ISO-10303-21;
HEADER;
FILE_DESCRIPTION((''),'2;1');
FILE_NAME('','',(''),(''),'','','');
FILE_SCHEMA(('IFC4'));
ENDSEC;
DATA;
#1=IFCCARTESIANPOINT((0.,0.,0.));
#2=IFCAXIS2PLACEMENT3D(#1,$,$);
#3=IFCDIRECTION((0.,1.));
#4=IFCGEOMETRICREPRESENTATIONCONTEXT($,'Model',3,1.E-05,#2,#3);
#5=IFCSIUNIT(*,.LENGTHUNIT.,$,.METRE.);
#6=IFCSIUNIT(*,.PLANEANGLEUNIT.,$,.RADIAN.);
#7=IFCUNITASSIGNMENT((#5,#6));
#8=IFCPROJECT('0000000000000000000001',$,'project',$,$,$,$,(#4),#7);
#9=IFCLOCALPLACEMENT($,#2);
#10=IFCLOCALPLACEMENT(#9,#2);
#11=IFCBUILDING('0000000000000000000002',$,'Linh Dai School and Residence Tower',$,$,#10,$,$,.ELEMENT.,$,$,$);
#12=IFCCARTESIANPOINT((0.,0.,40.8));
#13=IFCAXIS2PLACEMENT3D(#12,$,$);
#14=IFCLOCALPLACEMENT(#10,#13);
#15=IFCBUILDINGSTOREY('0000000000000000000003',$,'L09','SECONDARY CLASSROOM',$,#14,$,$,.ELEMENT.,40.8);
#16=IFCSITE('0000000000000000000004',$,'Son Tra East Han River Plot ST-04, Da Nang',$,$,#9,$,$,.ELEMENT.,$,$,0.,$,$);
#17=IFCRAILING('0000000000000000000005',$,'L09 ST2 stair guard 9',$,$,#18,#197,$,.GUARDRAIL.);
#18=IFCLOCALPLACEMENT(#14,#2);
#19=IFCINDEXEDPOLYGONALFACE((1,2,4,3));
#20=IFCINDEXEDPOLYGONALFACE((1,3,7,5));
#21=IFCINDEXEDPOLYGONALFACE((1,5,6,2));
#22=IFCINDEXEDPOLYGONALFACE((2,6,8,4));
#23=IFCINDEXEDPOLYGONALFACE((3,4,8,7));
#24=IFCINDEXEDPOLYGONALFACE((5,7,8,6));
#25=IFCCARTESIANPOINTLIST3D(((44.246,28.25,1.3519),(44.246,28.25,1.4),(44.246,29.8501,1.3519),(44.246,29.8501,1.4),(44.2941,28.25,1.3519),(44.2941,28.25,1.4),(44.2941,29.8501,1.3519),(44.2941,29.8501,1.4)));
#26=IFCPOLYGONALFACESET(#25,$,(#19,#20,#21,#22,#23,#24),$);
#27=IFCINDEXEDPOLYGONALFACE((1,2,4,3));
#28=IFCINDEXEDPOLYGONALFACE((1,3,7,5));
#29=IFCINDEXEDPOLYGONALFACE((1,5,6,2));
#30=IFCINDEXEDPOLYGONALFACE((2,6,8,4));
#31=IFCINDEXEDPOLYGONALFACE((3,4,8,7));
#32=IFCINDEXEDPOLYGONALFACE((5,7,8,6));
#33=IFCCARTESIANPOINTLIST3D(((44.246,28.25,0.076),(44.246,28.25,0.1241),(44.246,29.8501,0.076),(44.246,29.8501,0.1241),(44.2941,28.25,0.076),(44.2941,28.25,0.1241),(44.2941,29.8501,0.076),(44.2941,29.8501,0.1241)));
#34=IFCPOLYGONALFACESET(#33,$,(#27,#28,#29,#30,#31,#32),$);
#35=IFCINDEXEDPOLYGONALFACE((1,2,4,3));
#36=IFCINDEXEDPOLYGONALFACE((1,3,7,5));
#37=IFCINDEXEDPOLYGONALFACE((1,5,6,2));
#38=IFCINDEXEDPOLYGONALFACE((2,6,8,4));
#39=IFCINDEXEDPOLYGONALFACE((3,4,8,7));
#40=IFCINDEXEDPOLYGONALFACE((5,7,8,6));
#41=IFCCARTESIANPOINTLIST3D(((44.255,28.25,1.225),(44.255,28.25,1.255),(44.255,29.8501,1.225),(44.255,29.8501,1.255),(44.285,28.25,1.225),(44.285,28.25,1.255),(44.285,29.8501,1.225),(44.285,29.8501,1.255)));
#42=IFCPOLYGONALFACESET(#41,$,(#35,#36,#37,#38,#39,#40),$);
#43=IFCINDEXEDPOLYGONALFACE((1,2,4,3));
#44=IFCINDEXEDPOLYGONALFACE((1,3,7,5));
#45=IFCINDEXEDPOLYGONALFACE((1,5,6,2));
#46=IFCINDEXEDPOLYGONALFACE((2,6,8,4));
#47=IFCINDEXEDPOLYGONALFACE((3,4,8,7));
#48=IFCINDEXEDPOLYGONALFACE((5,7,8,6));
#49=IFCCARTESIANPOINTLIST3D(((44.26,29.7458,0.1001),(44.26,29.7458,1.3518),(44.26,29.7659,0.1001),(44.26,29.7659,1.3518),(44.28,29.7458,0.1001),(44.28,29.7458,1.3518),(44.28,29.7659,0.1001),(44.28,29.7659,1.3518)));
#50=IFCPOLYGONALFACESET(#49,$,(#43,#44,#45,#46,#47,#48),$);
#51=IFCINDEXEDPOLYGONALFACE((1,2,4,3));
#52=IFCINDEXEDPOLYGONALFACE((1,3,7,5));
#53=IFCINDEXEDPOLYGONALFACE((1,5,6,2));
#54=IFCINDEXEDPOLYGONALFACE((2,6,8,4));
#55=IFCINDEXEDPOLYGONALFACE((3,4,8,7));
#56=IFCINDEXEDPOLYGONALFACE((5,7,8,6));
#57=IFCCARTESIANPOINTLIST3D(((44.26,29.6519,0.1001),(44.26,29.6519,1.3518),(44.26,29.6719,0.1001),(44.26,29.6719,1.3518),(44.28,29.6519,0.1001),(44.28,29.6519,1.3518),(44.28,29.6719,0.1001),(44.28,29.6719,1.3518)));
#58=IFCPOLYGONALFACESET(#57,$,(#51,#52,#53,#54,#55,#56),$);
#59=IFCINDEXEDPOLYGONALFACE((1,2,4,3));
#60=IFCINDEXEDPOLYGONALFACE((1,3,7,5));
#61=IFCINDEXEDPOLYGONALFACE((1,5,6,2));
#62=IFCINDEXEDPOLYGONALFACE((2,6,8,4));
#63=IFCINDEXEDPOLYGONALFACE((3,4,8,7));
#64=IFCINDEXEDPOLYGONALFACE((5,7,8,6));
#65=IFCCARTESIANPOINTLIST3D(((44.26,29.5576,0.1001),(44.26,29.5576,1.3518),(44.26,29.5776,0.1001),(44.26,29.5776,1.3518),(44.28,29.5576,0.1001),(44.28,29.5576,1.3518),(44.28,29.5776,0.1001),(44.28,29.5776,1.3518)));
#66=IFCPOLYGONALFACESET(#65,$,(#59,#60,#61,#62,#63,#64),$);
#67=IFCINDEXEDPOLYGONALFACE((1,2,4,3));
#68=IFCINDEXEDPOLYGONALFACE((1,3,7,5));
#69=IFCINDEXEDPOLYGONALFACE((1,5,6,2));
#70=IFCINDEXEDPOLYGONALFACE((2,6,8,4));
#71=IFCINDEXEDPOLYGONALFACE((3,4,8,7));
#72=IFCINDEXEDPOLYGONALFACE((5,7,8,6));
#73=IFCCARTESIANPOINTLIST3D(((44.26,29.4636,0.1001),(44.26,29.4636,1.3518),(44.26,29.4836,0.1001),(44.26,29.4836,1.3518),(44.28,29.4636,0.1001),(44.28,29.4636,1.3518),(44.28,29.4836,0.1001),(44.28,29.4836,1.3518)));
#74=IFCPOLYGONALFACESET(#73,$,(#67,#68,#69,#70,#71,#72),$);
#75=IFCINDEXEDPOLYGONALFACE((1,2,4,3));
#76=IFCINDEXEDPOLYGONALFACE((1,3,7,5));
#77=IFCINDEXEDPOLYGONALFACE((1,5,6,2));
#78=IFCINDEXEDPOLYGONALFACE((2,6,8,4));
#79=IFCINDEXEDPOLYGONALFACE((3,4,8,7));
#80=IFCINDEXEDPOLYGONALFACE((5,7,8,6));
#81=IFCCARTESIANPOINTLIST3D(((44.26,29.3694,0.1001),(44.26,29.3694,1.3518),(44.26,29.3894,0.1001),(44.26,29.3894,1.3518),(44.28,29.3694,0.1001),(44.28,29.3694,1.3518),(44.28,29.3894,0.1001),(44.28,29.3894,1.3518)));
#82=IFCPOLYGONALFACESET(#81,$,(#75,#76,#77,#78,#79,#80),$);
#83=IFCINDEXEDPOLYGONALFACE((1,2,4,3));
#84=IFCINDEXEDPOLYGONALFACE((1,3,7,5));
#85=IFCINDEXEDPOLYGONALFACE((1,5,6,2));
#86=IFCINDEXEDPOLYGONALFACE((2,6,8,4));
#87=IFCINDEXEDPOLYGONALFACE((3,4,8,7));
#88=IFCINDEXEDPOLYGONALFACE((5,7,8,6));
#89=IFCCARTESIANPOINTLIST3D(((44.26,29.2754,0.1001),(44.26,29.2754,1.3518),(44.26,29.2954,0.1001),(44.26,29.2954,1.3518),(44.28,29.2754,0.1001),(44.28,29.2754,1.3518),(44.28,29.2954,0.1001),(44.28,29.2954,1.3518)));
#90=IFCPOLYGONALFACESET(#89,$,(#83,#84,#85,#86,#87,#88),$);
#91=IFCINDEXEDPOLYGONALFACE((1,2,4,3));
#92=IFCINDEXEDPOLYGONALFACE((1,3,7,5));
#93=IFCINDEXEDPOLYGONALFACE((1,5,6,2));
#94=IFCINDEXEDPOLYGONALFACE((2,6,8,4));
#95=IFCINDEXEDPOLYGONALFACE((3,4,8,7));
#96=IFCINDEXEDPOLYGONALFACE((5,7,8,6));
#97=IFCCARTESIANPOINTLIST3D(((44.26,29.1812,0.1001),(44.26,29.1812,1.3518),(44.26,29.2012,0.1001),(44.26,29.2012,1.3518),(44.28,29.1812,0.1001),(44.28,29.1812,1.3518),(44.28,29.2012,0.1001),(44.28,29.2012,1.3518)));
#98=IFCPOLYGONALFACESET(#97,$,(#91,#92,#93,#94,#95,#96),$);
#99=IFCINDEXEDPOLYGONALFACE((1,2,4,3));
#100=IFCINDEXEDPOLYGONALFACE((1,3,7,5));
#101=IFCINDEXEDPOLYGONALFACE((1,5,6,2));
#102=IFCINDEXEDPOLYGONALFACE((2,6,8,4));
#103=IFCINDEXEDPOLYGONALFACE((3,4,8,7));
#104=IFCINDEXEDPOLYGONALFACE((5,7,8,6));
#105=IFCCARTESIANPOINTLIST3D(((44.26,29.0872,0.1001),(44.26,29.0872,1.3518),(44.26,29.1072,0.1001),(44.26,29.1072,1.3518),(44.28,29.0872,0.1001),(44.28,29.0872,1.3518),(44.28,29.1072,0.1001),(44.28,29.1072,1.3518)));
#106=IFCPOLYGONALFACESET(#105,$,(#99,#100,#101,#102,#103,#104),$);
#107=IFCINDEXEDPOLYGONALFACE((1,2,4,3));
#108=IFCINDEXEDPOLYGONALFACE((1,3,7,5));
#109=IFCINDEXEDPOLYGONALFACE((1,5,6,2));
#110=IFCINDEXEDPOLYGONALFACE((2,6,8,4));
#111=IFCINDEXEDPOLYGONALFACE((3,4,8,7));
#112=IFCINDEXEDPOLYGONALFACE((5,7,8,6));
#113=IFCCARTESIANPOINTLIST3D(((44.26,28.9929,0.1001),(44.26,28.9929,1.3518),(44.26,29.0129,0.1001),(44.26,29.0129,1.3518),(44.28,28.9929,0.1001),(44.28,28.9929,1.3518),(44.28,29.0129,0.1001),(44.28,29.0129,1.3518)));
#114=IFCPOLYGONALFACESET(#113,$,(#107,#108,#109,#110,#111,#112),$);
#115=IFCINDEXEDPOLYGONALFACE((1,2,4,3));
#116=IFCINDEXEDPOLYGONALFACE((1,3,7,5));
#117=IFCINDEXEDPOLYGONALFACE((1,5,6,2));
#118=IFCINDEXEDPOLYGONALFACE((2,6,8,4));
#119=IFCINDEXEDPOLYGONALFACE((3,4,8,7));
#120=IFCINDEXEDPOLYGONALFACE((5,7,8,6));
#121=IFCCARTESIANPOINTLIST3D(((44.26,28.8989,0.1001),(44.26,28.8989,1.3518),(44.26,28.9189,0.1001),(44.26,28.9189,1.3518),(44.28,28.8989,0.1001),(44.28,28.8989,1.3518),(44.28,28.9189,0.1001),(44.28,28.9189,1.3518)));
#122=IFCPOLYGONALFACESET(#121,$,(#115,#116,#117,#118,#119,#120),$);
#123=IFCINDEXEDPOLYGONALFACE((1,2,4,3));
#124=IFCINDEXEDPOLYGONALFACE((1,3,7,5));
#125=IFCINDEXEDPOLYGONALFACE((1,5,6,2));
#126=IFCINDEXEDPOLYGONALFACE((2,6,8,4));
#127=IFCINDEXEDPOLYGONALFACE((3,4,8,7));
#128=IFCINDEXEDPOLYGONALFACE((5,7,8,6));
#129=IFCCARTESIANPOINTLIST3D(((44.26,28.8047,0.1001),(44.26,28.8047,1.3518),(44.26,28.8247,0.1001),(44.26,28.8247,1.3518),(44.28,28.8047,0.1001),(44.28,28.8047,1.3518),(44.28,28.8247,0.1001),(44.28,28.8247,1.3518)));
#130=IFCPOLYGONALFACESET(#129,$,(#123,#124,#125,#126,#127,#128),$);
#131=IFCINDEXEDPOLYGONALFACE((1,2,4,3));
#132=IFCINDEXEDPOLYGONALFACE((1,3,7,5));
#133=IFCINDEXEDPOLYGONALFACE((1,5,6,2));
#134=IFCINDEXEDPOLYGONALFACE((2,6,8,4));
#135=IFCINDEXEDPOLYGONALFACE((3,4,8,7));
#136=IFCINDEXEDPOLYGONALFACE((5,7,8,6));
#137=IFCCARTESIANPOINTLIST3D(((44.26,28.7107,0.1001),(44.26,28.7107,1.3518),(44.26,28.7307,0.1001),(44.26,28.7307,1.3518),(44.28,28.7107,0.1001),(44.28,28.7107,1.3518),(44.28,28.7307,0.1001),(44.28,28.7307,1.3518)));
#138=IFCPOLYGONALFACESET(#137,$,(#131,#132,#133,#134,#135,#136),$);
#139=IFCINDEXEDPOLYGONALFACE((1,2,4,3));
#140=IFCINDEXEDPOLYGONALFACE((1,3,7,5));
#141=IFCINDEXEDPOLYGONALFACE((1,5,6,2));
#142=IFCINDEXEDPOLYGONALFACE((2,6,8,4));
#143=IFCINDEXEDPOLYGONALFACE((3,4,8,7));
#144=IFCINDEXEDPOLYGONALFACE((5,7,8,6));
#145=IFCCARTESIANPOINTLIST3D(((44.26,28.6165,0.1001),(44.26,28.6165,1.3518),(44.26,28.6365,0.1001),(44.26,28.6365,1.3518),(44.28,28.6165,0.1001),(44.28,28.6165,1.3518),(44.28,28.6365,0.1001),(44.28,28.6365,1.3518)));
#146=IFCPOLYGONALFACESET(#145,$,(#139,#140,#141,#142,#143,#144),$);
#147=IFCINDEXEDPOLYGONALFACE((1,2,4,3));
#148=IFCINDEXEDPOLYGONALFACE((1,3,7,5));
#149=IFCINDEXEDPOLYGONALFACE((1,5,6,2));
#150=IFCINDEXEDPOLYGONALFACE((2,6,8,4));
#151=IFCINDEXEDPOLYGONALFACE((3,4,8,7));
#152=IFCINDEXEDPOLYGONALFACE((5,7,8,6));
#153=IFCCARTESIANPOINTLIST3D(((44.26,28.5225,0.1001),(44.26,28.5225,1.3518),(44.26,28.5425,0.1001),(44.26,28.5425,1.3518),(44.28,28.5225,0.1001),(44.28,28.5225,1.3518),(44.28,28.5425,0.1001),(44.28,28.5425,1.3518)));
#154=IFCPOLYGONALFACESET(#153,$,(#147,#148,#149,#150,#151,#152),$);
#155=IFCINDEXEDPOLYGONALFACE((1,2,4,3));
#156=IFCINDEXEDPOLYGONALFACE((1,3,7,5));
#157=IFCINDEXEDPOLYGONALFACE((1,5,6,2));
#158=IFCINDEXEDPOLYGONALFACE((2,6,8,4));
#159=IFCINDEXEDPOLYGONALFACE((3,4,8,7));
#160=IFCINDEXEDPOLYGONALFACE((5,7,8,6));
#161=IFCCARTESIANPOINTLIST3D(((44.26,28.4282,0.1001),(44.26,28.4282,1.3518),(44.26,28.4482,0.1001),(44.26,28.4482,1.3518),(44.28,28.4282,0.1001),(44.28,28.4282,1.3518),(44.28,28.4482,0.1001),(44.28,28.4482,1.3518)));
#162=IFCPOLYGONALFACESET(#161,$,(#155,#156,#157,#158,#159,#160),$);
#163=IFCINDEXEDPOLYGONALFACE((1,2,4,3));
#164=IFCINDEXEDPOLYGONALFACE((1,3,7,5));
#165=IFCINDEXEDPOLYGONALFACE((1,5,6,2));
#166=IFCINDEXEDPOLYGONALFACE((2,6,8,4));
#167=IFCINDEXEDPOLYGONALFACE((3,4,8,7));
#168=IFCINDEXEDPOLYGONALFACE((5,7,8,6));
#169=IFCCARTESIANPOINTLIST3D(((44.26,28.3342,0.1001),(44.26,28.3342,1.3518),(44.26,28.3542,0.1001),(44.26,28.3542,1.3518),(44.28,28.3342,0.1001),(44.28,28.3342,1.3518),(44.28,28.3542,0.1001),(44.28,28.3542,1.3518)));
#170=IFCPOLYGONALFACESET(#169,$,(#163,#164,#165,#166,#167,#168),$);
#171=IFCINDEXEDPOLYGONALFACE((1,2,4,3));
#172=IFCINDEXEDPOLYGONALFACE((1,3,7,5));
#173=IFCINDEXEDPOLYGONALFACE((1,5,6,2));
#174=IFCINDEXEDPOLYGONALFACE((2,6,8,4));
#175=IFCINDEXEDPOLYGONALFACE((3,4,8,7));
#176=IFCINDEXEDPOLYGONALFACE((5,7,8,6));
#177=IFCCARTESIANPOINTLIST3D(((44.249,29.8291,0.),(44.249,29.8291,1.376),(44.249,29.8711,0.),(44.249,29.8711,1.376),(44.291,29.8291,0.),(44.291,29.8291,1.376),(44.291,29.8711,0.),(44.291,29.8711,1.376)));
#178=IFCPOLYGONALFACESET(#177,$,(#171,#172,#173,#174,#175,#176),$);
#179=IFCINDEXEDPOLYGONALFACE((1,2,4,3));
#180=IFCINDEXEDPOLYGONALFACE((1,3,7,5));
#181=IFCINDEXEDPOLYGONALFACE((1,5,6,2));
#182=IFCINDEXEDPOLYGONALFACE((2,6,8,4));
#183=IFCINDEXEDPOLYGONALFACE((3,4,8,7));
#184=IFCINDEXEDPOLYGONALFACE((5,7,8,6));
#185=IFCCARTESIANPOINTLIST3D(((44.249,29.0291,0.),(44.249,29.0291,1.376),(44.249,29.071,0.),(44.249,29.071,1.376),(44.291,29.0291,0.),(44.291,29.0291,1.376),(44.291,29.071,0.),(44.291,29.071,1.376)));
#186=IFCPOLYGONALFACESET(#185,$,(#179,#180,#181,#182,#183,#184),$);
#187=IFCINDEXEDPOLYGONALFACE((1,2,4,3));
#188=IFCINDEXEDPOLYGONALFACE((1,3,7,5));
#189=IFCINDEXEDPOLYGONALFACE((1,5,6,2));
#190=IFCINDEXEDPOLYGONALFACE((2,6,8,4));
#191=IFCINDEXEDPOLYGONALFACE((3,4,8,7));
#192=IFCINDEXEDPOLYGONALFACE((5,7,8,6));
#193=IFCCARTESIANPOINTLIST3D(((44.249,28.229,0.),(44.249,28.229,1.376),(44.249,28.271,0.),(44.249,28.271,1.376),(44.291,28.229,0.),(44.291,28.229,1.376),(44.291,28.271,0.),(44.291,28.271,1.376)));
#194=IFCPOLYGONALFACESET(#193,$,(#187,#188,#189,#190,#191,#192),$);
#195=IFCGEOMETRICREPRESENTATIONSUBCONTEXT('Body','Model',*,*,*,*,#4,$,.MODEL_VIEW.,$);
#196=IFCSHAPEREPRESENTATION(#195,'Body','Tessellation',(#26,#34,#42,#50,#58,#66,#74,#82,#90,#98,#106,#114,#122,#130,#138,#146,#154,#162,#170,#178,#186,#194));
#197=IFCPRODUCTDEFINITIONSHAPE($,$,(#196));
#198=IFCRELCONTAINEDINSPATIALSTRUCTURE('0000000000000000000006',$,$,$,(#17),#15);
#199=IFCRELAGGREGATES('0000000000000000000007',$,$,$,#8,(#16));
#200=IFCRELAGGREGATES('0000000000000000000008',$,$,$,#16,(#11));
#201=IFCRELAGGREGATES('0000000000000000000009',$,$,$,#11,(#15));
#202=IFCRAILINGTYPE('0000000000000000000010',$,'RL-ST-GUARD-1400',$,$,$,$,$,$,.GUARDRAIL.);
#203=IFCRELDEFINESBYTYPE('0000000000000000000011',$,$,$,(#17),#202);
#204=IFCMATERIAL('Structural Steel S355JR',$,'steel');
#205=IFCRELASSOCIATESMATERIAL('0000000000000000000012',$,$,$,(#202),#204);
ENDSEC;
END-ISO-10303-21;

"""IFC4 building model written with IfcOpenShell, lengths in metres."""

from ifc_helpers import new_model, si_unit, direction, frame, origin, origin_2d, place, context, subcontext, project, spatial, rectangle, extrude, source, transform, mapped, material, type_object, element, save


model = new_model("IFC4")

# Units and contexts
model_context = context("Model", 3, precision=1e-05, world=origin(), true_north=direction((0.0, 1.0)))
body_context = subcontext(model_context, "Body", "Model", "MODEL_VIEW")
ifc_project = project(units=[si_unit("LENGTHUNIT", "METRE"), si_unit("PLANEANGLEUNIT", "RADIAN")], contexts=[model_context])

# Site, building, storey
site_placement = place(None, origin())
site = spatial("IfcSite", under=ifc_project, at=site_placement, Name="Son Tra East Han River Plot ST-04, Da Nang", CompositionType="ELEMENT", RefElevation=0.0)
building_placement = place(site_placement, origin())
building = spatial("IfcBuilding", under=site, at=building_placement, Name="Linh Dai School and Residence Tower", CompositionType="ELEMENT")
storey_placement = place(building_placement, frame((0.0, 0.0, 40.8)))
storey = spatial("IfcBuildingStorey", under=building, at=storey_placement, Name="L09", Description="SECONDARY CLASSROOM", CompositionType="ELEMENT", Elevation=40.8)

# Shared definitions
ifc_material_1 = material(Name="Structural Steel S355JR", Category="steel")

# Railing
railing_type_1 = type_object("IfcRailingType", Name="RL-ST-GUARD-1400", PredefinedType="GUARDRAIL", material=ifc_material_1)
shared_shape_1 = source(origin(), body_context, "Body", "SweptSolid", [
    extrude(rectangle(XDim=0.0481, YDim=0.0481, at=origin_2d()), frame((0.0, 0.0, 1.376), z_axis=(0.0, -1.0, 0.0), x_axis=(1.0, 0.0, 0.0)), (0.0, 0.0, 1.0), 1.6001),
    extrude(rectangle(XDim=0.0481, YDim=0.0481, at=origin_2d()), frame((0.0, 0.0, 0.1001), z_axis=(0.0, -1.0, 0.0), x_axis=(1.0, 0.0, 0.0)), (0.0, 0.0, 1.0), 1.6001),
    extrude(rectangle(XDim=0.03, YDim=0.03, at=origin_2d()), frame((0.0, 0.0, 1.24), z_axis=(0.0, -1.0, 0.0), x_axis=(1.0, 0.0, 0.0)), (0.0, 0.0, 1.0), 1.6001),
    extrude(rectangle(XDim=0.02, YDim=0.02, at=origin_2d()), frame((0.0, -0.0942, 0.1001)), (0.0, 0.0, 1.0), 1.2517),
    extrude(rectangle(XDim=0.02, YDim=0.02, at=origin_2d()), frame((0.0, -0.1882, 0.1001)), (0.0, 0.0, 1.0), 1.2517),
    extrude(rectangle(XDim=0.02, YDim=0.02, at=origin_2d()), frame((0.0, -0.2825, 0.1001)), (0.0, 0.0, 1.0), 1.2517),
    extrude(rectangle(XDim=0.02, YDim=0.02, at=origin_2d()), frame((0.0, -0.3765, 0.1001)), (0.0, 0.0, 1.0), 1.2517),
    extrude(rectangle(XDim=0.02, YDim=0.02, at=origin_2d()), frame((0.0, -0.4707, 0.1001)), (0.0, 0.0, 1.0), 1.2517),
    extrude(rectangle(XDim=0.02, YDim=0.02, at=origin_2d()), frame((0.0, -0.5647, 0.1001)), (0.0, 0.0, 1.0), 1.2517),
    extrude(rectangle(XDim=0.02, YDim=0.02, at=origin_2d()), frame((0.0, -0.6589, 0.1001)), (0.0, 0.0, 1.0), 1.2517),
    extrude(rectangle(XDim=0.02, YDim=0.02, at=origin_2d()), frame((0.0, -0.7529, 0.1001)), (0.0, 0.0, 1.0), 1.2517),
    extrude(rectangle(XDim=0.02, YDim=0.02, at=origin_2d()), frame((0.0, -0.8472, 0.1001)), (0.0, 0.0, 1.0), 1.2517),
    extrude(rectangle(XDim=0.02, YDim=0.02, at=origin_2d()), frame((0.0, -0.9412, 0.1001)), (0.0, 0.0, 1.0), 1.2517),
    extrude(rectangle(XDim=0.02, YDim=0.02, at=origin_2d()), frame((0.0, -1.0354, 0.1001)), (0.0, 0.0, 1.0), 1.2517),
    extrude(rectangle(XDim=0.02, YDim=0.02, at=origin_2d()), frame((0.0, -1.1294, 0.1001)), (0.0, 0.0, 1.0), 1.2517),
    extrude(rectangle(XDim=0.02, YDim=0.02, at=origin_2d()), frame((0.0, -1.2236, 0.1001)), (0.0, 0.0, 1.0), 1.2517),
    extrude(rectangle(XDim=0.02, YDim=0.02, at=origin_2d()), frame((0.0, -1.3176, 0.1001)), (0.0, 0.0, 1.0), 1.2517),
    extrude(rectangle(XDim=0.02, YDim=0.02, at=origin_2d()), frame((0.0, -1.4119, 0.1001)), (0.0, 0.0, 1.0), 1.2517),
    extrude(rectangle(XDim=0.02, YDim=0.02, at=origin_2d()), frame((0.0, -1.5059, 0.1001)), (0.0, 0.0, 1.0), 1.2517),
    extrude(rectangle(XDim=0.042, YDim=0.042, at=origin_2d()), origin(), (0.0, 0.0, 1.0), 1.376),
    extrude(rectangle(XDim=0.042, YDim=0.042, at=origin_2d()), frame((0.0, -0.8, 0.0)), (0.0, 0.0, 1.0), 1.376),
    extrude(rectangle(XDim=0.042, YDim=0.042, at=origin_2d()), frame((0.0, -1.6001, 0.0)), (0.0, 0.0, 1.0), 1.376),
])
for number, where, name in (
    (1, (44.27, 29.8501, 0.0), "L09 ST2 stair guard 9"),
):
    element("IfcRailing", number, at=place(storey_placement, frame(where)), inside=storey, type_object=railing_type_1, Name=name, PredefinedType="GUARDRAIL", context=body_context, shape_type="MappedRepresentation", body=[
        mapped(shared_shape_1, transform((0.0, 0.0, 0.0), x_axis=(1.0, 0.0, 0.0), y_axis=(0.0, 1.0, 0.0), z_axis=(0.0, 0.0, 1.0), scale=1.0)),
    ])

save(model, "model.ifc")
